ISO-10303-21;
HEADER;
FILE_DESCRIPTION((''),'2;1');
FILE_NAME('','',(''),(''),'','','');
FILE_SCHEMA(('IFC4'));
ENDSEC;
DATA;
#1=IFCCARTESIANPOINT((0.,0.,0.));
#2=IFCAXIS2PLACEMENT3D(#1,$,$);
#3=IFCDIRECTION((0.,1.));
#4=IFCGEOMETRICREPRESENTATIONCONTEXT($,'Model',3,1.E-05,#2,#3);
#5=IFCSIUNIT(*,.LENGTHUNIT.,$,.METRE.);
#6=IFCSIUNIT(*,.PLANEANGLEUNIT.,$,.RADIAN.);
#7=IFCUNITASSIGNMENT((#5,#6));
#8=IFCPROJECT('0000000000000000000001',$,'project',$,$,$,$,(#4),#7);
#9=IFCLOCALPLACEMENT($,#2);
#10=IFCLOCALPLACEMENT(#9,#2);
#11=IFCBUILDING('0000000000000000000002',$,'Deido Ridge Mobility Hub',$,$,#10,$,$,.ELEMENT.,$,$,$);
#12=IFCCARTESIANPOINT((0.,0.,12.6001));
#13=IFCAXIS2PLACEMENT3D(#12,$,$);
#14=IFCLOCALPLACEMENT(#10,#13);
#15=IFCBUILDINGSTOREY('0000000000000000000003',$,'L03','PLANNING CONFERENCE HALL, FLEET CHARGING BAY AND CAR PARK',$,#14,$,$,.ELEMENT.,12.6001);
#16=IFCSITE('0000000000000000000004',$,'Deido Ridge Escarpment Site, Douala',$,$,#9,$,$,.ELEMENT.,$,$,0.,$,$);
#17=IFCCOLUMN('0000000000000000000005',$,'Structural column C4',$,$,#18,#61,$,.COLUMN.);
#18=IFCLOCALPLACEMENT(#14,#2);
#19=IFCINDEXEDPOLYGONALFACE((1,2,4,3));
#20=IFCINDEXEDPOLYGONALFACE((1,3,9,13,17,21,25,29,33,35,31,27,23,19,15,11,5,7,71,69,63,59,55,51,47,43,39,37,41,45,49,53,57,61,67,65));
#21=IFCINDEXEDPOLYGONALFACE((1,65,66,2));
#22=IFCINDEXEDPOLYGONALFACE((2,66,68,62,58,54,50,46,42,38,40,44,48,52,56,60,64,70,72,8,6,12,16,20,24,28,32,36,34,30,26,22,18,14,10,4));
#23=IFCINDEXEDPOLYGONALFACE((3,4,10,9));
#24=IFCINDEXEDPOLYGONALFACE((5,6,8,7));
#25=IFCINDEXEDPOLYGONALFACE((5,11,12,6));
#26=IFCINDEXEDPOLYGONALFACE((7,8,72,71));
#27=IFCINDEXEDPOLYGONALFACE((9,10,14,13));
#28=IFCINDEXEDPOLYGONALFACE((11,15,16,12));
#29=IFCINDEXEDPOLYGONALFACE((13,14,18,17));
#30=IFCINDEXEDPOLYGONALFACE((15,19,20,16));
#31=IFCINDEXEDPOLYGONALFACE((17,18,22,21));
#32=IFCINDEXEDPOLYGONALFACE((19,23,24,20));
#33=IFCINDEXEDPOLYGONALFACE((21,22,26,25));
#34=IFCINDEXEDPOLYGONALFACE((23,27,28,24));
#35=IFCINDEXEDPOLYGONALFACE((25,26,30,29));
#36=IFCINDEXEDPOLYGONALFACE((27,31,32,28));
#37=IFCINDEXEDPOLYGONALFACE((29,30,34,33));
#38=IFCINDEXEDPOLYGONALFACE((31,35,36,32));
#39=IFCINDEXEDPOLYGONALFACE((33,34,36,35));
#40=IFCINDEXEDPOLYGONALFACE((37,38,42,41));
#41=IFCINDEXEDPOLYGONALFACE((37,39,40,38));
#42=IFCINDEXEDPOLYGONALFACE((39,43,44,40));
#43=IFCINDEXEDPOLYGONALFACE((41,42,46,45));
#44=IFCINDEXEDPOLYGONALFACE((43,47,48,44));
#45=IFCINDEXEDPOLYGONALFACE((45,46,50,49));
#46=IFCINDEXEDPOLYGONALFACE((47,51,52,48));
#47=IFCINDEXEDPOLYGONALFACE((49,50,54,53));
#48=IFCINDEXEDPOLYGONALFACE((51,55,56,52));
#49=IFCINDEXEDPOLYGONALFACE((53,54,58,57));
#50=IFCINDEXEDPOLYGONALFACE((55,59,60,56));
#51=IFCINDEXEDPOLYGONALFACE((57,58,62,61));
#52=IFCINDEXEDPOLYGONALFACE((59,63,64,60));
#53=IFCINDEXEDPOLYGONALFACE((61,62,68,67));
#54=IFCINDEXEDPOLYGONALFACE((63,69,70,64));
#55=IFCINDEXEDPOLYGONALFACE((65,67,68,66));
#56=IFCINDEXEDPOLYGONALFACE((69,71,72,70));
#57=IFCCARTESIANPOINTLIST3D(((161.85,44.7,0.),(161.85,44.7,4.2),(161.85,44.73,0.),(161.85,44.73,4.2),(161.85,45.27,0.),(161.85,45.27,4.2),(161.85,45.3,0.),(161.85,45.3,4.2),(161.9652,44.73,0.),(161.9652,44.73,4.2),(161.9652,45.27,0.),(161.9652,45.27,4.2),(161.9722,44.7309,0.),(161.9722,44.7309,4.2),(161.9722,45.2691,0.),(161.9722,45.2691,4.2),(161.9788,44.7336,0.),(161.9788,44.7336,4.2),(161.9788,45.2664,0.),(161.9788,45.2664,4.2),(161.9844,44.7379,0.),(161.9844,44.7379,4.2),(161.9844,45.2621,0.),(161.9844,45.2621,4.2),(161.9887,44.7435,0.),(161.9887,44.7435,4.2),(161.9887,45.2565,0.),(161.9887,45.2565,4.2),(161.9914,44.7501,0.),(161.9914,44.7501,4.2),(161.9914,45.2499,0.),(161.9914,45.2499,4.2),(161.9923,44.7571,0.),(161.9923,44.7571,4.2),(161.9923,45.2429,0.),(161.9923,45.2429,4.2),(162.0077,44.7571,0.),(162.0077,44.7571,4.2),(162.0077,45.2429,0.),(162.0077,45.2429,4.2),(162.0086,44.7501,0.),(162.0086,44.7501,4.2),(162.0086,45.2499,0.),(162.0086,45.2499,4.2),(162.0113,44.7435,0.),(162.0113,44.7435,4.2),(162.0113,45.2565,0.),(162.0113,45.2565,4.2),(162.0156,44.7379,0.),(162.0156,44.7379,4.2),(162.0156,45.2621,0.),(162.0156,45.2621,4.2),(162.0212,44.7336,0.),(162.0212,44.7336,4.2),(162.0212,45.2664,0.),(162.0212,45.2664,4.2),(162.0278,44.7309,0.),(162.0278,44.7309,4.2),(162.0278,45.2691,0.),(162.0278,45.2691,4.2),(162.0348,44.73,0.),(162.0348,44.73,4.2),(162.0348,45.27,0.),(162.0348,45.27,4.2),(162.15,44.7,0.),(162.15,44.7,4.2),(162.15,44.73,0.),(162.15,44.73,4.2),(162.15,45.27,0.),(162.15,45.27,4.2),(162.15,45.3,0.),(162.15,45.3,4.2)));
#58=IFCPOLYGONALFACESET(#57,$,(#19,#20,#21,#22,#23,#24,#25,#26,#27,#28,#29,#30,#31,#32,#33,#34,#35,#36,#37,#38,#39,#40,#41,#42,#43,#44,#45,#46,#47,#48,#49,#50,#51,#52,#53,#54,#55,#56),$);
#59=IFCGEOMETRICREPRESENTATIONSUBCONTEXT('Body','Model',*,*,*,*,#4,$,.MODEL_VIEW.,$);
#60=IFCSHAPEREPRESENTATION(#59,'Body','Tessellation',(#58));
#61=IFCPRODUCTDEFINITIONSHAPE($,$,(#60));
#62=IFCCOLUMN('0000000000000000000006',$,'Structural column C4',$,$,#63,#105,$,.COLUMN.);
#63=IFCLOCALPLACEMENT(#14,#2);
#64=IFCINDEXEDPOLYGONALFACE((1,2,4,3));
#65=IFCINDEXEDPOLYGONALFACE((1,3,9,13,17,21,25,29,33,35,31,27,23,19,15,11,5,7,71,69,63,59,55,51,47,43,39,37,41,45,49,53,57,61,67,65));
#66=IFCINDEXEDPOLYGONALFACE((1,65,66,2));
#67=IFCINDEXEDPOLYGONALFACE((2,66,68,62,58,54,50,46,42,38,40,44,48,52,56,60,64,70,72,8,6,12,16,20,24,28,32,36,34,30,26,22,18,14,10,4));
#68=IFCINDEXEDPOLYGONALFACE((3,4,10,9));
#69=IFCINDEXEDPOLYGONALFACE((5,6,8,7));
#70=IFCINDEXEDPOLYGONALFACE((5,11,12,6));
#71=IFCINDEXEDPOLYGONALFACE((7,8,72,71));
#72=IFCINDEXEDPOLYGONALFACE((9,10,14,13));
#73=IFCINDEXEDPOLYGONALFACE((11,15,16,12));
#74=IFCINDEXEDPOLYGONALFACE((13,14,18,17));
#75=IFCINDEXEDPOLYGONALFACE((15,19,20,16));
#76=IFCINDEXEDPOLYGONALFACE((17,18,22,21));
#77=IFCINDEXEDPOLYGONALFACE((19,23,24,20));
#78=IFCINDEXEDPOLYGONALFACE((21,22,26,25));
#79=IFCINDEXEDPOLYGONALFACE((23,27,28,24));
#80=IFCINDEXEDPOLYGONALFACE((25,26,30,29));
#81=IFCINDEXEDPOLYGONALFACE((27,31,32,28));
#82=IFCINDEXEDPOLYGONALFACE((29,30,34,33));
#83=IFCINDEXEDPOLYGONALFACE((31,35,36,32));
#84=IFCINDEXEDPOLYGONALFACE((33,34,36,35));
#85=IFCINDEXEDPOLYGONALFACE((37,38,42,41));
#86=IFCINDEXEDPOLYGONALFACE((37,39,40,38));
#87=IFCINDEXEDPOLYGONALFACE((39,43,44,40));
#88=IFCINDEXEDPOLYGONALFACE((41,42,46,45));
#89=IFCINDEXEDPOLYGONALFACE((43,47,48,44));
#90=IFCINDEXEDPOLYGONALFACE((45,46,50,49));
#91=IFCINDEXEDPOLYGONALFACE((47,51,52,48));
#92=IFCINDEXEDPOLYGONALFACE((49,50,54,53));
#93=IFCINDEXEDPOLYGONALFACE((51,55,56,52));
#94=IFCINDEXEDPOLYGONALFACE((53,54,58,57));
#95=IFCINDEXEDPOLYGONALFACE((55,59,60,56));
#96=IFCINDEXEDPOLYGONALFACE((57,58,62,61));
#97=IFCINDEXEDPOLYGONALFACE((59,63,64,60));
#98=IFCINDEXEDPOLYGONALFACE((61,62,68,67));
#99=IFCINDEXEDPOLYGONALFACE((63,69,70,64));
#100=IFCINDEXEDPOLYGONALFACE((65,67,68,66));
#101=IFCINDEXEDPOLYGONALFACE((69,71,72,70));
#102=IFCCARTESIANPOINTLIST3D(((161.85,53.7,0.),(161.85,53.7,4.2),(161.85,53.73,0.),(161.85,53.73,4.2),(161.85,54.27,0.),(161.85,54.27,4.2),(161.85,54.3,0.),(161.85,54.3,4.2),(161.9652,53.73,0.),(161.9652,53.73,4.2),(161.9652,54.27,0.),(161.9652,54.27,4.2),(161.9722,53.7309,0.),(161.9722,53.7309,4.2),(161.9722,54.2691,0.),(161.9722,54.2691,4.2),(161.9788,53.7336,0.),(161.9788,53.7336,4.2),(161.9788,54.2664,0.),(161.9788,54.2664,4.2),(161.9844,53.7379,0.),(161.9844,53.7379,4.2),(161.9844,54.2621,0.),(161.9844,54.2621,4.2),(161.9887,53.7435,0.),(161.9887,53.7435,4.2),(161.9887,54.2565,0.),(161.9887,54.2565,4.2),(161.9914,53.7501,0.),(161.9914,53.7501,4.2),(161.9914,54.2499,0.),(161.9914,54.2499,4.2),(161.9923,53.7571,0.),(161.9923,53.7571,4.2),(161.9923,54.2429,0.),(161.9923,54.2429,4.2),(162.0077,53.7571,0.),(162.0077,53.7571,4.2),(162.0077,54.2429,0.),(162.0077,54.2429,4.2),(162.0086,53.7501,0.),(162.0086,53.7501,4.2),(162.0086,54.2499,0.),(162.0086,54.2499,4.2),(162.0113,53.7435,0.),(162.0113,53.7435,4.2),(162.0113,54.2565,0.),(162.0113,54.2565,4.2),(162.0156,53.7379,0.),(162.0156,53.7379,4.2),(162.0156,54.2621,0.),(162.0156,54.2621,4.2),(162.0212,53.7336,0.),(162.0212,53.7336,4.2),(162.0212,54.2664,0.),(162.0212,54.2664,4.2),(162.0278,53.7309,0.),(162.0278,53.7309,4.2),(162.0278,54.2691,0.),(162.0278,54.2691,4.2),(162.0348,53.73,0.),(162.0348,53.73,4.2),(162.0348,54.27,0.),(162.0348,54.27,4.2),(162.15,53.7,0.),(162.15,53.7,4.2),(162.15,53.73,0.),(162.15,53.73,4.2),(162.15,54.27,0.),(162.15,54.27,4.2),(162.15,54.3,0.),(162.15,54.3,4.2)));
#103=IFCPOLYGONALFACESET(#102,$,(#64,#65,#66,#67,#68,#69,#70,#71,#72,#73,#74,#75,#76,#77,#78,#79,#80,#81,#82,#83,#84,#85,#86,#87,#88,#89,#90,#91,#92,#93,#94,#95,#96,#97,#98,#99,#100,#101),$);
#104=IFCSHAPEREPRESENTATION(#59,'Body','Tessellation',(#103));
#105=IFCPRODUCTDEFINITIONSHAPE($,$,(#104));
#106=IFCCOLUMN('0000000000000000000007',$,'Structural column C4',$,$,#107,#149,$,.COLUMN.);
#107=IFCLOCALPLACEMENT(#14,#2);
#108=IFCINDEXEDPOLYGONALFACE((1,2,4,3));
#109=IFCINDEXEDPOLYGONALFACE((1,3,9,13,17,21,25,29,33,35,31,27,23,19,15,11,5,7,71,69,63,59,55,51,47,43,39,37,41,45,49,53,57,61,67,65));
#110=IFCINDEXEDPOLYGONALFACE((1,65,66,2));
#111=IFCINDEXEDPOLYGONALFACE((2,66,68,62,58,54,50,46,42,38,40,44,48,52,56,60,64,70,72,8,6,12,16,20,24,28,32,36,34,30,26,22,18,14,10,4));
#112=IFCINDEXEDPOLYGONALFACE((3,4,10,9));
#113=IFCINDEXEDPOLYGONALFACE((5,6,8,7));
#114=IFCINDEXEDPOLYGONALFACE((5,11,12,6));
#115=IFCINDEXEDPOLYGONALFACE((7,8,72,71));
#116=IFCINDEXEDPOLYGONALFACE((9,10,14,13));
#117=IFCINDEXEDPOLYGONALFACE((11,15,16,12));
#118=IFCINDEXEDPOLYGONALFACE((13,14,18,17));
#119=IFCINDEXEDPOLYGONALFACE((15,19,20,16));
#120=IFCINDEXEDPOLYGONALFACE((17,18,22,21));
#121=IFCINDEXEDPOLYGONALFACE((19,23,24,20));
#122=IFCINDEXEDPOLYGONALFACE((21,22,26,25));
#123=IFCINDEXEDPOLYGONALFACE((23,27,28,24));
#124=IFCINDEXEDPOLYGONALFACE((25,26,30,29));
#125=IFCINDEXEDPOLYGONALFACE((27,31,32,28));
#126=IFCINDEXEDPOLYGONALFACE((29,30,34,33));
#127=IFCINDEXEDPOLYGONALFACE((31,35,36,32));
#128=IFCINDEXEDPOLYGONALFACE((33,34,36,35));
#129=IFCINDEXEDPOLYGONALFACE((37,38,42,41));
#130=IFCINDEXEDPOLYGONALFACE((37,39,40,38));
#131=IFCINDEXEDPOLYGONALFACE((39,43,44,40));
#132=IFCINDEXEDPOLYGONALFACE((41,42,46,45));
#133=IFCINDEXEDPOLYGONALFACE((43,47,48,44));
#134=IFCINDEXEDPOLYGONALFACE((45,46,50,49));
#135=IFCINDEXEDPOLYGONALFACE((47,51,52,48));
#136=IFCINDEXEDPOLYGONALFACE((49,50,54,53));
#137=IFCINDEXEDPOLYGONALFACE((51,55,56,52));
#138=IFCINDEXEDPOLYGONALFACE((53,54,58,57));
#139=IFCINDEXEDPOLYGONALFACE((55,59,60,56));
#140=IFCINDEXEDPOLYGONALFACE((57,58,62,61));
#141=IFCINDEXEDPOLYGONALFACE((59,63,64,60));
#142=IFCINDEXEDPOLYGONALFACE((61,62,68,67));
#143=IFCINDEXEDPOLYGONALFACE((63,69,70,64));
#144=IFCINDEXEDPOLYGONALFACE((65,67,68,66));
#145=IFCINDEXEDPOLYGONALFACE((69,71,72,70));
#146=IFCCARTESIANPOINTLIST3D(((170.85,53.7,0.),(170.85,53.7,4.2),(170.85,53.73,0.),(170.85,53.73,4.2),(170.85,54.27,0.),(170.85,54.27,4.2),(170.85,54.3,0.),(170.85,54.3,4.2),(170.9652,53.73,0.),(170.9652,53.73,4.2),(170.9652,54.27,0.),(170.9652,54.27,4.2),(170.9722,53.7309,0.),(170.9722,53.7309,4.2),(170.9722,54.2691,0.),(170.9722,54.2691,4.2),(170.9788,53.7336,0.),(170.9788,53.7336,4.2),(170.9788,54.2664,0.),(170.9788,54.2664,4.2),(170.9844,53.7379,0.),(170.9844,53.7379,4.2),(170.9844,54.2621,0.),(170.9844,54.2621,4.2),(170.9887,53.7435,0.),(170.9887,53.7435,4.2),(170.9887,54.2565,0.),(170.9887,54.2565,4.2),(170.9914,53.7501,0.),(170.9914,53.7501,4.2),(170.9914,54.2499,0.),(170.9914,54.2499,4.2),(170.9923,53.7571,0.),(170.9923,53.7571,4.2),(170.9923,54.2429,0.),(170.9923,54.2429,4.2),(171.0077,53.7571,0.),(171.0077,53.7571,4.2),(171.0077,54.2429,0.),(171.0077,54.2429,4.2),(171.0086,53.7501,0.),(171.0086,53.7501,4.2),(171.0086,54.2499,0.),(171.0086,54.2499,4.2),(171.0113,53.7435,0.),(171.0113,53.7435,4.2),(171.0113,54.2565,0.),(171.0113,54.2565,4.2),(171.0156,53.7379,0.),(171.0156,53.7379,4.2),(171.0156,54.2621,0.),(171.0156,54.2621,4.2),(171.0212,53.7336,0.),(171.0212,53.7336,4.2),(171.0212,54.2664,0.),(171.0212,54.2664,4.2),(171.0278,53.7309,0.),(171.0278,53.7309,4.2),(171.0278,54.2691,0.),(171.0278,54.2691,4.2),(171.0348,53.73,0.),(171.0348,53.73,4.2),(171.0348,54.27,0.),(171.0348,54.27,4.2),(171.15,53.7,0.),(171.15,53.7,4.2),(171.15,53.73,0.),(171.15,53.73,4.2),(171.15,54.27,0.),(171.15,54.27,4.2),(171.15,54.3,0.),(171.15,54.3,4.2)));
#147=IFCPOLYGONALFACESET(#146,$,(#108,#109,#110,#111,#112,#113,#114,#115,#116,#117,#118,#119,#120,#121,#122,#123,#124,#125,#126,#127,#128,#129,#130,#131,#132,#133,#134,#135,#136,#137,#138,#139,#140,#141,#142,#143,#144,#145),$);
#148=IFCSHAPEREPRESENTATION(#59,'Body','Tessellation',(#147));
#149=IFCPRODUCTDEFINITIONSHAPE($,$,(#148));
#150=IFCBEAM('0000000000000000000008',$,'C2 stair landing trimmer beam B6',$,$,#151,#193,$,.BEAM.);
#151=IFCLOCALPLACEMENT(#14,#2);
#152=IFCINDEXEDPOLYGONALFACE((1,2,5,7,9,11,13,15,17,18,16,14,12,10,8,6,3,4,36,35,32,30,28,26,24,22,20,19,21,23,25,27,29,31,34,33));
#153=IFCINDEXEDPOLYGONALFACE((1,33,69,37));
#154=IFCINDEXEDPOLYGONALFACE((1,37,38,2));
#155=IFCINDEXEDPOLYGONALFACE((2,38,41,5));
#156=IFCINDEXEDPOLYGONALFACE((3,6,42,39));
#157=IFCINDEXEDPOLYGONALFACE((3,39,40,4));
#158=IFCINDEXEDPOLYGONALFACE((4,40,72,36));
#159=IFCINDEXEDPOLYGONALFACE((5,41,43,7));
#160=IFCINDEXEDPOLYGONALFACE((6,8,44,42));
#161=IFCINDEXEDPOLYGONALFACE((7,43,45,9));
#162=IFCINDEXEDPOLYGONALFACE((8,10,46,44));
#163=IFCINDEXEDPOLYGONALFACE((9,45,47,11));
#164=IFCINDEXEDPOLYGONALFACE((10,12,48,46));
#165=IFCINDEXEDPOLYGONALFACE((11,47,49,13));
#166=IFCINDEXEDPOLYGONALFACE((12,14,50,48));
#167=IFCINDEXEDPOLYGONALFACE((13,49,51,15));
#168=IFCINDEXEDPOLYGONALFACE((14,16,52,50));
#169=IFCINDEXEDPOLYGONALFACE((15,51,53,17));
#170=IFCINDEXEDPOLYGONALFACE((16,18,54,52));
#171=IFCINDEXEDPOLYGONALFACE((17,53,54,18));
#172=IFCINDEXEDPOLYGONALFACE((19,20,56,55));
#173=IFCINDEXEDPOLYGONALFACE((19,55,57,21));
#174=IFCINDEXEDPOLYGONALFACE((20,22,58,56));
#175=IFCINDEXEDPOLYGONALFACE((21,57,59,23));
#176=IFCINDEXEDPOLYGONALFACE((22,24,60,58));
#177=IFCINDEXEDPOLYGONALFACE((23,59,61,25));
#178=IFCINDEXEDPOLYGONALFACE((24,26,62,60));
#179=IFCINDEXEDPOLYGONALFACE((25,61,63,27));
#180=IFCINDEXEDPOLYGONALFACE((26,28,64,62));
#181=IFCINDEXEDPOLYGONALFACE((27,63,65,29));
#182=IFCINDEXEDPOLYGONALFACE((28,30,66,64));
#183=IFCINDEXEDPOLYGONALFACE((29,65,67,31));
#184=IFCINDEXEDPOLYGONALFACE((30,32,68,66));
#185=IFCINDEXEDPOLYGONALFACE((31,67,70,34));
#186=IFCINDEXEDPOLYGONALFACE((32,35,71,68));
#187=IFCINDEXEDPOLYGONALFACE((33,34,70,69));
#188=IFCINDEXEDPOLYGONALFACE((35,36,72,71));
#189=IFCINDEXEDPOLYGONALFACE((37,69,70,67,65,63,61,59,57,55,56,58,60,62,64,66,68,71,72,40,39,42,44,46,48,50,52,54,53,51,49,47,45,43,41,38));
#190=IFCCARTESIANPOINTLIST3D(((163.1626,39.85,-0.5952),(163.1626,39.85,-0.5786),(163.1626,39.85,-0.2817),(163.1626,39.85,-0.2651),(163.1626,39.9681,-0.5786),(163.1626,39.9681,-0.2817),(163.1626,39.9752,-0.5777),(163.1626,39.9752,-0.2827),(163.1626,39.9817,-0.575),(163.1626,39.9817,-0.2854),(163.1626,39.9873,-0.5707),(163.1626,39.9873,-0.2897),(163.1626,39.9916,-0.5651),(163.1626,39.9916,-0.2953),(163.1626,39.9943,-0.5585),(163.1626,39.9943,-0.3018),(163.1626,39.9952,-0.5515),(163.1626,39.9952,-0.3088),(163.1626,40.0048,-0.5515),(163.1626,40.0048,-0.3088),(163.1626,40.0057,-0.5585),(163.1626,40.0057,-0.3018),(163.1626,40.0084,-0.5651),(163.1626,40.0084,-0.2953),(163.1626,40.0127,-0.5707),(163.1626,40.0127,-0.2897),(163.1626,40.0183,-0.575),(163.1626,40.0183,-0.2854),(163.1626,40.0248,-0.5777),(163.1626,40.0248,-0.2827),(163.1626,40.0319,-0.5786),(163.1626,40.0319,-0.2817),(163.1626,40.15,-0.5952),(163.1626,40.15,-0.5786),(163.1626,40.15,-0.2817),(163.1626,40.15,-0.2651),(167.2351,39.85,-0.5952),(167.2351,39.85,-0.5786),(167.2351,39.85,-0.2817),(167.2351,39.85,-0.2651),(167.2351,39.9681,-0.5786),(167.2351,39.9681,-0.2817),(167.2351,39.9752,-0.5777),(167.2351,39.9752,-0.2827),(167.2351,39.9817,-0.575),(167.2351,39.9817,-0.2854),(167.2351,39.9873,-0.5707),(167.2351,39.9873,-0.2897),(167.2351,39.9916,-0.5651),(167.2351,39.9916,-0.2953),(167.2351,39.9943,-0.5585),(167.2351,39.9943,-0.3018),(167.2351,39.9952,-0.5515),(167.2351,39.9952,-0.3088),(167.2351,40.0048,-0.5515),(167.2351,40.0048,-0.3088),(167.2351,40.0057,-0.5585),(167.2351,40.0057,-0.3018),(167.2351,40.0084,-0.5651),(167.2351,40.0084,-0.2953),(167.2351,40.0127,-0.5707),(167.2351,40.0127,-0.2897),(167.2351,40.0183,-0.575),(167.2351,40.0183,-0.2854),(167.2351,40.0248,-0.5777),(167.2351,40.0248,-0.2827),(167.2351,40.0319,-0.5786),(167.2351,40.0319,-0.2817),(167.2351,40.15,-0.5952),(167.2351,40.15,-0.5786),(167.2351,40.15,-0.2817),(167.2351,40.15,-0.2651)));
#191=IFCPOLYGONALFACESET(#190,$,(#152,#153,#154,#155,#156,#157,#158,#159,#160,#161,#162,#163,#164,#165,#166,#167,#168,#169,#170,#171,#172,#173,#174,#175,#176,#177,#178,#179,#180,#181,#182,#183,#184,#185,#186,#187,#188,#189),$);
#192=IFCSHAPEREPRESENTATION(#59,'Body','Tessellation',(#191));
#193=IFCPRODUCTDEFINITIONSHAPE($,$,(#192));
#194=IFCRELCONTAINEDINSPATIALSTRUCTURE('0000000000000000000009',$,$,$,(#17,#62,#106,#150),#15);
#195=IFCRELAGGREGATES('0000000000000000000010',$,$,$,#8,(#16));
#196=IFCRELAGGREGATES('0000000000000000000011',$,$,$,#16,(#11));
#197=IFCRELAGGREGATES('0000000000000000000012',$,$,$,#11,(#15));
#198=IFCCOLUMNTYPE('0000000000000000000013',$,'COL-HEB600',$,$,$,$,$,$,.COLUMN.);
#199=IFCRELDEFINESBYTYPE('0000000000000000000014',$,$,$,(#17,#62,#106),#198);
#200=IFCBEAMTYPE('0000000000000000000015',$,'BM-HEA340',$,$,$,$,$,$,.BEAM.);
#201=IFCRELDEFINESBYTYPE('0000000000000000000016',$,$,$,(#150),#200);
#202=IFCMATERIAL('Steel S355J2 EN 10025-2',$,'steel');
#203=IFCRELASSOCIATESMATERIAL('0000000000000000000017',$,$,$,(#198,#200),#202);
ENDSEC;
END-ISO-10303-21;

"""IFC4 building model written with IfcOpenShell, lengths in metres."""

from ifc_helpers import new_model, si_unit, direction, frame, origin, origin_2d, place, context, subcontext, project, spatial, i_section, extrude, material, material_profile, profile_set, type_object, element, save


model = new_model("IFC4")

# Units and contexts
model_context = context("Model", 3, precision=1e-05, world=origin(), true_north=direction((0.0, 1.0)))
body_context = subcontext(model_context, "Body", "Model", "MODEL_VIEW")
ifc_project = project(units=[si_unit("LENGTHUNIT", "METRE"), si_unit("PLANEANGLEUNIT", "RADIAN")], contexts=[model_context])

# Site, building, storey
site_placement = place(None, origin())
site = spatial("IfcSite", under=ifc_project, at=site_placement, Name="Deido Ridge Escarpment Site, Douala", CompositionType="ELEMENT", RefElevation=0.0)
building_placement = place(site_placement, origin())
building = spatial("IfcBuilding", under=site, at=building_placement, Name="Deido Ridge Mobility Hub", CompositionType="ELEMENT")
storey_placement = place(building_placement, frame((0.0, 0.0, 12.6001)))
storey = spatial("IfcBuildingStorey", under=building, at=storey_placement, Name="L03", Description="PLANNING CONFERENCE HALL, FLEET CHARGING BAY AND CAR PARK", CompositionType="ELEMENT", Elevation=12.6001)

# Columns
ifc_material_1 = material(Name="Steel S355J2 EN 10025-2", Category="steel")
ifc_material_profile_1 = material_profile(ifc_material_1, i_section(OverallWidth=0.3, OverallDepth=0.6001, WebThickness=0.0154, FlangeThickness=0.03, FilletRadius=0.0271, at=origin_2d()), Name="HEB 600")
ifc_profile_set_1 = profile_set([ifc_material_profile_1], Name="Steel S355J2 EN 10025-2")
column_type = type_object("IfcColumnType", Name="COL-HEB600", PredefinedType="COLUMN", material=ifc_profile_set_1)
for number, where, z_axis, x_axis, name in (
    (1, (162.0, 45.0, 0.0), (0.0, 0.0, 1.0), (1.0, 0.0, 0.0), "Structural column C4"),
    (2, (162.0, 54.0, 0.0), (0.0, 0.0, 1.0), (1.0, 0.0, 0.0), "Structural column C4"),
    (3, (171.0, 54.0, 0.0), (0.0, 0.0, 1.0), (1.0, 0.0, 0.0), "Structural column C4"),
):
    element("IfcColumn", number, at=place(storey_placement, frame(where, z_axis=z_axis, x_axis=x_axis)), inside=storey, type_object=column_type, Name=name, PredefinedType="COLUMN", context=body_context, shape_type="SweptSolid", body=[
        extrude(i_section(OverallWidth=0.3, OverallDepth=0.6001, WebThickness=0.0154, FlangeThickness=0.03, FilletRadius=0.0271, at=origin_2d()), origin(), (0.0, 0.0, 1.0), 4.2),
    ])

# Beam
ifc_material_profile_2 = material_profile(ifc_material_1, i_section(OverallWidth=0.3, OverallDepth=0.3301, WebThickness=0.0095, FlangeThickness=0.0166, FilletRadius=0.0271, at=origin_2d()), Name="HEA 340")
ifc_profile_set_2 = profile_set([ifc_material_profile_2], Name="Steel S355J2 EN 10025-2")
beam_type_1 = type_object("IfcBeamType", Name="BM-HEA340", PredefinedType="BEAM", material=ifc_profile_set_2)
beam_1_placement = place(storey_placement, frame((163.1626, 40.0, -0.4302), z_axis=(1.0, 0.0, 0.0), x_axis=(0.0, 1.0, 0.0)))
element("IfcBeam", 4, at=beam_1_placement, inside=storey, type_object=beam_type_1, Name="C2 stair landing trimmer beam B6", PredefinedType="BEAM", context=body_context, shape_type="SweptSolid", body=[
    extrude(i_section(OverallWidth=0.3, OverallDepth=0.3301, WebThickness=0.0095, FlangeThickness=0.0166, FilletRadius=0.0271, at=origin_2d()), origin(), (0.0, 0.0, 1.0), 4.0725),
])

save(model, "model.ifc")
